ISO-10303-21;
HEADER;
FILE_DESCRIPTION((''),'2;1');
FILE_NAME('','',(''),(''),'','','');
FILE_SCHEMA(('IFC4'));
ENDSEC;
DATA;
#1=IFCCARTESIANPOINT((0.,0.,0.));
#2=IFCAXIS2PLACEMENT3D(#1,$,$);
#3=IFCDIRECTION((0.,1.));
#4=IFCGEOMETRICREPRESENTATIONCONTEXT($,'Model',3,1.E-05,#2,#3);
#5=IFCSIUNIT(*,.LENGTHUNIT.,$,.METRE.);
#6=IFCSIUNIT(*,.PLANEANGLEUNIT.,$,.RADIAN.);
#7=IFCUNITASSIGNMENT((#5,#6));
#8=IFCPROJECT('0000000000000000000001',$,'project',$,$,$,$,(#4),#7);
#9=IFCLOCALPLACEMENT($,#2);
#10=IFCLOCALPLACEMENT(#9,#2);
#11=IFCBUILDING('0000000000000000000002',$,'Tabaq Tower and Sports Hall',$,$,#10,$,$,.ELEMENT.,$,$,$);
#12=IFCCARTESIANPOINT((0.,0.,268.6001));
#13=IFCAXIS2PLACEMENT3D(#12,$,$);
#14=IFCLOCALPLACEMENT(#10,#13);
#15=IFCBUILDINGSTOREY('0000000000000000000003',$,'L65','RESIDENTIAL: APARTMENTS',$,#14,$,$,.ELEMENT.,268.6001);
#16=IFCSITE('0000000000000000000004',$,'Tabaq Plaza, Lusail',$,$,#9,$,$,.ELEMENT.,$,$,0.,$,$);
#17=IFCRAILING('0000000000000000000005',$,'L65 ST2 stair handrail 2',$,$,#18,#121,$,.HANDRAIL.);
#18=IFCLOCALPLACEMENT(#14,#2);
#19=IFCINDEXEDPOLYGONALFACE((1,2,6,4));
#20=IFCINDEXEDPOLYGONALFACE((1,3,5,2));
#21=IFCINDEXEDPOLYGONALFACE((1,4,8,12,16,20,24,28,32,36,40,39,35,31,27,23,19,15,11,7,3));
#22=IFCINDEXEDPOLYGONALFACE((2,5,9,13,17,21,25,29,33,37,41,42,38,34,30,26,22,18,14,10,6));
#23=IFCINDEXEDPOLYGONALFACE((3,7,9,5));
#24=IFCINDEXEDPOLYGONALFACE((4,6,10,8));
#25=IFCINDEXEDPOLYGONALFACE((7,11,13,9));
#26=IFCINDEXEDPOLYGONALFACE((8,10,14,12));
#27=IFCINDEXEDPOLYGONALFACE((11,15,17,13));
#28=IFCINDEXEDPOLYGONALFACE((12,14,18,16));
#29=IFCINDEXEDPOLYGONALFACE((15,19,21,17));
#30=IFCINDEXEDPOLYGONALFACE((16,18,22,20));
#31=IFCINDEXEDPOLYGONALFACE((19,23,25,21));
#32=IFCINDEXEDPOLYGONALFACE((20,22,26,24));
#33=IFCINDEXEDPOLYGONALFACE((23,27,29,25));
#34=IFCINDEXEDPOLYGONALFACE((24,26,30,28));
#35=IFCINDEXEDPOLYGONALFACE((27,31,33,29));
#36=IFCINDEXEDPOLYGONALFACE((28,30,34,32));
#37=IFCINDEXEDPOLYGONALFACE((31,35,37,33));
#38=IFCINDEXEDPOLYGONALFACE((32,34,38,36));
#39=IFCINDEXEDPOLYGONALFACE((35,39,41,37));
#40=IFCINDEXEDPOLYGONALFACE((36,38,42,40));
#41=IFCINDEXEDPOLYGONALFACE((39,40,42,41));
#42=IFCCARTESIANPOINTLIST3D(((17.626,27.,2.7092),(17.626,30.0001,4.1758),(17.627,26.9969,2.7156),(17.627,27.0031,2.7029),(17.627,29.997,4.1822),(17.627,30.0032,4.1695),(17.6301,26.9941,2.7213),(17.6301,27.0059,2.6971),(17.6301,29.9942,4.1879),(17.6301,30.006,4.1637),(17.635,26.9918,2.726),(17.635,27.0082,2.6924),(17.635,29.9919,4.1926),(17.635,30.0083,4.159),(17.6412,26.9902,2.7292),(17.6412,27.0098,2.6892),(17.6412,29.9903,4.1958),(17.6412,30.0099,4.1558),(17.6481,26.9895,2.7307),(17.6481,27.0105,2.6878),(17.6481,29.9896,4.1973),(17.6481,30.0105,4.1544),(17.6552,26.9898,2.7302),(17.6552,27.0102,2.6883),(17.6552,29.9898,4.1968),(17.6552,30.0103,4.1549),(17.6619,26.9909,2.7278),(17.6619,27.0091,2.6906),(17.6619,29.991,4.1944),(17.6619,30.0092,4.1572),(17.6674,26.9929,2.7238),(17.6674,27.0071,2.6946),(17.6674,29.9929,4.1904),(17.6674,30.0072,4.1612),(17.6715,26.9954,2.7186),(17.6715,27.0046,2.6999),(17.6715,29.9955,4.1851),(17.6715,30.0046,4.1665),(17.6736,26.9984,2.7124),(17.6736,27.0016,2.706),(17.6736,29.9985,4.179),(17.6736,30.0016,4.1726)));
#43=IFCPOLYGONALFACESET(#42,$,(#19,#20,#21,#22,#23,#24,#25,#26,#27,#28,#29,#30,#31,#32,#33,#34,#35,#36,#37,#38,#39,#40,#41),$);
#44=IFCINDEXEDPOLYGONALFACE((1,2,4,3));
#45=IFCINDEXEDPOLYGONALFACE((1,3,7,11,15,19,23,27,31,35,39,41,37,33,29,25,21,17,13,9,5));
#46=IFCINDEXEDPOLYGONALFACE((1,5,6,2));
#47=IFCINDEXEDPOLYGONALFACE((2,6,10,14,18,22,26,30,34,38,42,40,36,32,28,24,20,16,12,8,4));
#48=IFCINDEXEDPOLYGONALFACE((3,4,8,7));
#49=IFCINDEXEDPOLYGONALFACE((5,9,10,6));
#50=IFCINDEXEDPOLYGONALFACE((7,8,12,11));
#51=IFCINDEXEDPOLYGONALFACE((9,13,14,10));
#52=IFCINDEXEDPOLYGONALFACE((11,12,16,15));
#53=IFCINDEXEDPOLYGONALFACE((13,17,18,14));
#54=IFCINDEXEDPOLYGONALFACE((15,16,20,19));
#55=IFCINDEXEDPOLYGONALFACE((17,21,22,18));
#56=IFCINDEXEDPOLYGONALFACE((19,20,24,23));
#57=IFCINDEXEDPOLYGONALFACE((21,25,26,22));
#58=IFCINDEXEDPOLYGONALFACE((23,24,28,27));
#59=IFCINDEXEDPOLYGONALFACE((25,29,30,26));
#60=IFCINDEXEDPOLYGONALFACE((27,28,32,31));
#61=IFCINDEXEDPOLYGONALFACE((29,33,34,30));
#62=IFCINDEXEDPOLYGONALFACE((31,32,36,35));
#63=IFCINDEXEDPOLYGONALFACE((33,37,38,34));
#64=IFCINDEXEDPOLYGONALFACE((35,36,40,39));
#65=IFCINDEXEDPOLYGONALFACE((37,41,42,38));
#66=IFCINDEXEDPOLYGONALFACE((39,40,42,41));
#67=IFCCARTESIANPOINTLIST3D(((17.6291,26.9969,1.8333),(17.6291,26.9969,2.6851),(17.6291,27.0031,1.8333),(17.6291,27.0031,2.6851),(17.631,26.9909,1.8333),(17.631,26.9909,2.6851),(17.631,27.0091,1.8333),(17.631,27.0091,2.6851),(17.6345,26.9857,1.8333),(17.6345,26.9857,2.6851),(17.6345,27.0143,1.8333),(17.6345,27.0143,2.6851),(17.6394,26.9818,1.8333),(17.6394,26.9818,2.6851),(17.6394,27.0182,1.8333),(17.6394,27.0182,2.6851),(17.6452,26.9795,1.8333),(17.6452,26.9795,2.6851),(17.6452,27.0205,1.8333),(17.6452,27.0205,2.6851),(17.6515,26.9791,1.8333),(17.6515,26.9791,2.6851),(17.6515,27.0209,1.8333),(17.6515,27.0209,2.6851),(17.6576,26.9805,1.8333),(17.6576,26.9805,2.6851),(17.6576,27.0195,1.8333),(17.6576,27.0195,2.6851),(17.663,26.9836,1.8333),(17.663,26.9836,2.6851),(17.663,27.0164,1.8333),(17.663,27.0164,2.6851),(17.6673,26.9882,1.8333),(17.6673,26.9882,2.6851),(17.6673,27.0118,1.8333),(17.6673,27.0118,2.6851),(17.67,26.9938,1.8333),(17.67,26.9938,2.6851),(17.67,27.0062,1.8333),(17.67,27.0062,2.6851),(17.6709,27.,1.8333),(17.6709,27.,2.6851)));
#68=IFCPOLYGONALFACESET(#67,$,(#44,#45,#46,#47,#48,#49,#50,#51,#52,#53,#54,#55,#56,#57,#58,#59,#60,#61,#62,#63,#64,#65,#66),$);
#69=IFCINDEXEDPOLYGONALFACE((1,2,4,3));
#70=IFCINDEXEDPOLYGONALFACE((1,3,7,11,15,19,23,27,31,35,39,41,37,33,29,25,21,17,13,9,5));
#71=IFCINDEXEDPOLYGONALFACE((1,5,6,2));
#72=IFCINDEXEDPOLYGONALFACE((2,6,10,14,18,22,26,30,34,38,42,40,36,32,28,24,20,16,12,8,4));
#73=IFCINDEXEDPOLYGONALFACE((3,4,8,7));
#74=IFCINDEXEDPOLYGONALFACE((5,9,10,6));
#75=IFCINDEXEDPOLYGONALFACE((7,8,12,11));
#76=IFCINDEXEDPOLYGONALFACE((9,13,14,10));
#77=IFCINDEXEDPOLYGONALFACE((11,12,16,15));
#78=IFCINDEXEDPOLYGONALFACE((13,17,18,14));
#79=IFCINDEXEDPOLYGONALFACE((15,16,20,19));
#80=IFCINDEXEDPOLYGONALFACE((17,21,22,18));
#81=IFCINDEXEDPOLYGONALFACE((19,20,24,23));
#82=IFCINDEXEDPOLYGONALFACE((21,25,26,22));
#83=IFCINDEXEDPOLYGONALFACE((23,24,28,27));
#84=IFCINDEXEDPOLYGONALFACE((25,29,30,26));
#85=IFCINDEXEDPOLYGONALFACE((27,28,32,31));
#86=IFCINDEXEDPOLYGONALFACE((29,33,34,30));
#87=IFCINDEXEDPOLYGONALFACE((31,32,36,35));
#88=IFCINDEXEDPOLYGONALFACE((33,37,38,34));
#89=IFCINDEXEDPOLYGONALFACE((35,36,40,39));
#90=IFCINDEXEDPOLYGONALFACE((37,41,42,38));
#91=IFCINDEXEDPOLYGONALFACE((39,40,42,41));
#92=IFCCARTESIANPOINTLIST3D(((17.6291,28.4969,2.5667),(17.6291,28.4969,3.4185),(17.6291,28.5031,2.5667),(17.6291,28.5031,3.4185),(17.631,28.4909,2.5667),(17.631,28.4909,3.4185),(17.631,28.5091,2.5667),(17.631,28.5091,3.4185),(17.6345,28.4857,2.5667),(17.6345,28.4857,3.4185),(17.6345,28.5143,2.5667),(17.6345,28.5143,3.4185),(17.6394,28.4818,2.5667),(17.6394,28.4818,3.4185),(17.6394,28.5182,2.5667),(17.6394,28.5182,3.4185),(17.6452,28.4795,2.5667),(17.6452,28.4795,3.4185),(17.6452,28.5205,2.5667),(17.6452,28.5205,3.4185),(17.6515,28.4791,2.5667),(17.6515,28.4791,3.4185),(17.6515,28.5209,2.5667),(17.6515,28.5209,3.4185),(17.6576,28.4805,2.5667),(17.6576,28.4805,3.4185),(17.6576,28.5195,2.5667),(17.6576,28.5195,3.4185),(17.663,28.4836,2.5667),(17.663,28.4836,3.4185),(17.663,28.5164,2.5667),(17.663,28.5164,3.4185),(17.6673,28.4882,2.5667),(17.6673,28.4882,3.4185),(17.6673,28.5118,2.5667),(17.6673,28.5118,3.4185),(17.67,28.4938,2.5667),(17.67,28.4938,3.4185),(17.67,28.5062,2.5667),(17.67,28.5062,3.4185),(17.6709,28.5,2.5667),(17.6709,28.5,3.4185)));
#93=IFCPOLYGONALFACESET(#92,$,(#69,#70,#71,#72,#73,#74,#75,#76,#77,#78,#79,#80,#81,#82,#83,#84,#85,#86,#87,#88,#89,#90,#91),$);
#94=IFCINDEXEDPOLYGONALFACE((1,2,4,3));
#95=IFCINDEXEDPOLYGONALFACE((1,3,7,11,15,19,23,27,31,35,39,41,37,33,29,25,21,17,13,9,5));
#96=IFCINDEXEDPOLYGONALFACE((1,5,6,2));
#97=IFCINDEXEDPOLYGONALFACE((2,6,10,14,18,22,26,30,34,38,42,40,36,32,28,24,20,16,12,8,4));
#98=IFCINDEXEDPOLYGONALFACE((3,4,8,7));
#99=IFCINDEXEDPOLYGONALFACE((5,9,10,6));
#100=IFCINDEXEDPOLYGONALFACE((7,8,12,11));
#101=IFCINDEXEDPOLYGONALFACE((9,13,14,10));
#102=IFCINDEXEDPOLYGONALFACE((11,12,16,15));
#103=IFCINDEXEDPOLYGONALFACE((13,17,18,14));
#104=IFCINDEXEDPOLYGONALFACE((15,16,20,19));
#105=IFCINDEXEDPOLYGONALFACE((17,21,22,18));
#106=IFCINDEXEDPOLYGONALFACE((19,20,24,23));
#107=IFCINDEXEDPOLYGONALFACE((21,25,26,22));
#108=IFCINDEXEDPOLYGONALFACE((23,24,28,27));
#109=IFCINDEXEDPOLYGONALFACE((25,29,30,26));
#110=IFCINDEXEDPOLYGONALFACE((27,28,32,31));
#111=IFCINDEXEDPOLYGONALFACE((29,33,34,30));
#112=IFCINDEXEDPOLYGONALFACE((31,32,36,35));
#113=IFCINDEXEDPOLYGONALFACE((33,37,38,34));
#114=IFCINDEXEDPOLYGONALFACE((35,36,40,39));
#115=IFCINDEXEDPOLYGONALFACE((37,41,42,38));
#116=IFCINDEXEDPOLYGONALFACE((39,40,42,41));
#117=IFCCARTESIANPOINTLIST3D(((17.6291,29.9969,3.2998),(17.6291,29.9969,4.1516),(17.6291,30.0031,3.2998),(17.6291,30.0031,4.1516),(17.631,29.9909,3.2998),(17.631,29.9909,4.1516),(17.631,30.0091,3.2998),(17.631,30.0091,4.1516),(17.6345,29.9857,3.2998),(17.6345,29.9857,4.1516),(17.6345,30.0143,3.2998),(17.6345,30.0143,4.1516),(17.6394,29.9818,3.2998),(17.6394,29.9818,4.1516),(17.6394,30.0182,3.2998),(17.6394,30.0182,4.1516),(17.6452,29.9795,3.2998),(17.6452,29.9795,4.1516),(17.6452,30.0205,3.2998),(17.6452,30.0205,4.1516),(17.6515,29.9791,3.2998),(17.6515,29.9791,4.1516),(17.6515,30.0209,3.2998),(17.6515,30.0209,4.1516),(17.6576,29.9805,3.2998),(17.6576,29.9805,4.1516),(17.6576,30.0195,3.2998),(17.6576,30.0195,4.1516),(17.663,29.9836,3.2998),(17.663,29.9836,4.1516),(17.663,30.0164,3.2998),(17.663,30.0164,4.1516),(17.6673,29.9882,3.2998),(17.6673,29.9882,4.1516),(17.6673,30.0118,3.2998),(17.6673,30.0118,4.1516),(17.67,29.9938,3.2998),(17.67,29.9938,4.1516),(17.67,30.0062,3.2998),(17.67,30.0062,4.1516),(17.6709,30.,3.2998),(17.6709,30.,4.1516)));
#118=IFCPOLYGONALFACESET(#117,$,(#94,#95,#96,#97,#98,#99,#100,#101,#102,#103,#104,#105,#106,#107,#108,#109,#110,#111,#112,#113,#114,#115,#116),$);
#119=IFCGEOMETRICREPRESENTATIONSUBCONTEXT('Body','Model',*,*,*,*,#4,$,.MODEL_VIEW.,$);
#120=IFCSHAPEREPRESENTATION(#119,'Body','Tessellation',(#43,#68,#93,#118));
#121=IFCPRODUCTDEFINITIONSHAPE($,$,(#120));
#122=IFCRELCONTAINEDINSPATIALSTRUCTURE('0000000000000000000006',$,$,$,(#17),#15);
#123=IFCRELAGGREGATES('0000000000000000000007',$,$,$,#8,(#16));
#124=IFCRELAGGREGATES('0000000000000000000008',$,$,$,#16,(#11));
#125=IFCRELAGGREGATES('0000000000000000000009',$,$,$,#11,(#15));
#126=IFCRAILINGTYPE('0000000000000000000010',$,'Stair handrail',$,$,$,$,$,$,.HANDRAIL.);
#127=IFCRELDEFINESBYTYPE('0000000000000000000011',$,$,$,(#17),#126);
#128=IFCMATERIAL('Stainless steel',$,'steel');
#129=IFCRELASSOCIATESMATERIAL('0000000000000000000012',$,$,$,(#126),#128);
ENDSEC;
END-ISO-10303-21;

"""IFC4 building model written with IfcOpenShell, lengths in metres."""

from ifc_helpers import new_model, si_unit, direction, frame, origin, origin_2d, place, context, subcontext, project, spatial, circle, extrude, material, type_object, element, save


model = new_model("IFC4")

# Units and contexts
model_context = context("Model", 3, precision=1e-05, world=origin(), true_north=direction((0.0, 1.0)))
body_context = subcontext(model_context, "Body", "Model", "MODEL_VIEW")
ifc_project = project(units=[si_unit("LENGTHUNIT", "METRE"), si_unit("PLANEANGLEUNIT", "RADIAN")], contexts=[model_context])

# Site, building, storey
site_placement = place(None, origin())
site = spatial("IfcSite", under=ifc_project, at=site_placement, Name="Tabaq Plaza, Lusail", CompositionType="ELEMENT", RefElevation=0.0)
building_placement = place(site_placement, origin())
building = spatial("IfcBuilding", under=site, at=building_placement, Name="Tabaq Tower and Sports Hall", CompositionType="ELEMENT")
storey_placement = place(building_placement, frame((0.0, 0.0, 268.6001)))
storey = spatial("IfcBuildingStorey", under=building, at=storey_placement, Name="L65", Description="RESIDENTIAL: APARTMENTS", CompositionType="ELEMENT", Elevation=268.6001)

# Railing
ifc_material_1 = material(Name="Stainless steel", Category="steel")
railing_type_1 = type_object("IfcRailingType", Name="Stair handrail", PredefinedType="HANDRAIL", material=ifc_material_1)
railing_1_placement = place(storey_placement, frame((17.6499, 27.0, 1.8333)))
element("IfcRailing", 1, at=railing_1_placement, inside=storey, type_object=railing_type_1, Name="L65 ST2 stair handrail 2", PredefinedType="HANDRAIL", context=body_context, shape_type="SweptSolid", body=[
    extrude(circle(Radius=0.0239, at=origin_2d()), frame((0.0, 0.0, 0.876), z_axis=(0.0, 0.898398, 0.439183), x_axis=(-1.0, 0.0, 0.0)), (0.0, 0.0, 1.0), 3.3394),
    extrude(circle(Radius=0.021, at=origin_2d()), origin(), (0.0, 0.0, 1.0), 0.8518),
    extrude(circle(Radius=0.021, at=origin_2d()), frame((0.0, 1.5, 0.7334)), (0.0, 0.0, 1.0), 0.8518),
    extrude(circle(Radius=0.021, at=origin_2d()), frame((0.0, 3.0, 1.4666)), (0.0, 0.0, 1.0), 0.8518),
])

save(model, "model.ifc")
